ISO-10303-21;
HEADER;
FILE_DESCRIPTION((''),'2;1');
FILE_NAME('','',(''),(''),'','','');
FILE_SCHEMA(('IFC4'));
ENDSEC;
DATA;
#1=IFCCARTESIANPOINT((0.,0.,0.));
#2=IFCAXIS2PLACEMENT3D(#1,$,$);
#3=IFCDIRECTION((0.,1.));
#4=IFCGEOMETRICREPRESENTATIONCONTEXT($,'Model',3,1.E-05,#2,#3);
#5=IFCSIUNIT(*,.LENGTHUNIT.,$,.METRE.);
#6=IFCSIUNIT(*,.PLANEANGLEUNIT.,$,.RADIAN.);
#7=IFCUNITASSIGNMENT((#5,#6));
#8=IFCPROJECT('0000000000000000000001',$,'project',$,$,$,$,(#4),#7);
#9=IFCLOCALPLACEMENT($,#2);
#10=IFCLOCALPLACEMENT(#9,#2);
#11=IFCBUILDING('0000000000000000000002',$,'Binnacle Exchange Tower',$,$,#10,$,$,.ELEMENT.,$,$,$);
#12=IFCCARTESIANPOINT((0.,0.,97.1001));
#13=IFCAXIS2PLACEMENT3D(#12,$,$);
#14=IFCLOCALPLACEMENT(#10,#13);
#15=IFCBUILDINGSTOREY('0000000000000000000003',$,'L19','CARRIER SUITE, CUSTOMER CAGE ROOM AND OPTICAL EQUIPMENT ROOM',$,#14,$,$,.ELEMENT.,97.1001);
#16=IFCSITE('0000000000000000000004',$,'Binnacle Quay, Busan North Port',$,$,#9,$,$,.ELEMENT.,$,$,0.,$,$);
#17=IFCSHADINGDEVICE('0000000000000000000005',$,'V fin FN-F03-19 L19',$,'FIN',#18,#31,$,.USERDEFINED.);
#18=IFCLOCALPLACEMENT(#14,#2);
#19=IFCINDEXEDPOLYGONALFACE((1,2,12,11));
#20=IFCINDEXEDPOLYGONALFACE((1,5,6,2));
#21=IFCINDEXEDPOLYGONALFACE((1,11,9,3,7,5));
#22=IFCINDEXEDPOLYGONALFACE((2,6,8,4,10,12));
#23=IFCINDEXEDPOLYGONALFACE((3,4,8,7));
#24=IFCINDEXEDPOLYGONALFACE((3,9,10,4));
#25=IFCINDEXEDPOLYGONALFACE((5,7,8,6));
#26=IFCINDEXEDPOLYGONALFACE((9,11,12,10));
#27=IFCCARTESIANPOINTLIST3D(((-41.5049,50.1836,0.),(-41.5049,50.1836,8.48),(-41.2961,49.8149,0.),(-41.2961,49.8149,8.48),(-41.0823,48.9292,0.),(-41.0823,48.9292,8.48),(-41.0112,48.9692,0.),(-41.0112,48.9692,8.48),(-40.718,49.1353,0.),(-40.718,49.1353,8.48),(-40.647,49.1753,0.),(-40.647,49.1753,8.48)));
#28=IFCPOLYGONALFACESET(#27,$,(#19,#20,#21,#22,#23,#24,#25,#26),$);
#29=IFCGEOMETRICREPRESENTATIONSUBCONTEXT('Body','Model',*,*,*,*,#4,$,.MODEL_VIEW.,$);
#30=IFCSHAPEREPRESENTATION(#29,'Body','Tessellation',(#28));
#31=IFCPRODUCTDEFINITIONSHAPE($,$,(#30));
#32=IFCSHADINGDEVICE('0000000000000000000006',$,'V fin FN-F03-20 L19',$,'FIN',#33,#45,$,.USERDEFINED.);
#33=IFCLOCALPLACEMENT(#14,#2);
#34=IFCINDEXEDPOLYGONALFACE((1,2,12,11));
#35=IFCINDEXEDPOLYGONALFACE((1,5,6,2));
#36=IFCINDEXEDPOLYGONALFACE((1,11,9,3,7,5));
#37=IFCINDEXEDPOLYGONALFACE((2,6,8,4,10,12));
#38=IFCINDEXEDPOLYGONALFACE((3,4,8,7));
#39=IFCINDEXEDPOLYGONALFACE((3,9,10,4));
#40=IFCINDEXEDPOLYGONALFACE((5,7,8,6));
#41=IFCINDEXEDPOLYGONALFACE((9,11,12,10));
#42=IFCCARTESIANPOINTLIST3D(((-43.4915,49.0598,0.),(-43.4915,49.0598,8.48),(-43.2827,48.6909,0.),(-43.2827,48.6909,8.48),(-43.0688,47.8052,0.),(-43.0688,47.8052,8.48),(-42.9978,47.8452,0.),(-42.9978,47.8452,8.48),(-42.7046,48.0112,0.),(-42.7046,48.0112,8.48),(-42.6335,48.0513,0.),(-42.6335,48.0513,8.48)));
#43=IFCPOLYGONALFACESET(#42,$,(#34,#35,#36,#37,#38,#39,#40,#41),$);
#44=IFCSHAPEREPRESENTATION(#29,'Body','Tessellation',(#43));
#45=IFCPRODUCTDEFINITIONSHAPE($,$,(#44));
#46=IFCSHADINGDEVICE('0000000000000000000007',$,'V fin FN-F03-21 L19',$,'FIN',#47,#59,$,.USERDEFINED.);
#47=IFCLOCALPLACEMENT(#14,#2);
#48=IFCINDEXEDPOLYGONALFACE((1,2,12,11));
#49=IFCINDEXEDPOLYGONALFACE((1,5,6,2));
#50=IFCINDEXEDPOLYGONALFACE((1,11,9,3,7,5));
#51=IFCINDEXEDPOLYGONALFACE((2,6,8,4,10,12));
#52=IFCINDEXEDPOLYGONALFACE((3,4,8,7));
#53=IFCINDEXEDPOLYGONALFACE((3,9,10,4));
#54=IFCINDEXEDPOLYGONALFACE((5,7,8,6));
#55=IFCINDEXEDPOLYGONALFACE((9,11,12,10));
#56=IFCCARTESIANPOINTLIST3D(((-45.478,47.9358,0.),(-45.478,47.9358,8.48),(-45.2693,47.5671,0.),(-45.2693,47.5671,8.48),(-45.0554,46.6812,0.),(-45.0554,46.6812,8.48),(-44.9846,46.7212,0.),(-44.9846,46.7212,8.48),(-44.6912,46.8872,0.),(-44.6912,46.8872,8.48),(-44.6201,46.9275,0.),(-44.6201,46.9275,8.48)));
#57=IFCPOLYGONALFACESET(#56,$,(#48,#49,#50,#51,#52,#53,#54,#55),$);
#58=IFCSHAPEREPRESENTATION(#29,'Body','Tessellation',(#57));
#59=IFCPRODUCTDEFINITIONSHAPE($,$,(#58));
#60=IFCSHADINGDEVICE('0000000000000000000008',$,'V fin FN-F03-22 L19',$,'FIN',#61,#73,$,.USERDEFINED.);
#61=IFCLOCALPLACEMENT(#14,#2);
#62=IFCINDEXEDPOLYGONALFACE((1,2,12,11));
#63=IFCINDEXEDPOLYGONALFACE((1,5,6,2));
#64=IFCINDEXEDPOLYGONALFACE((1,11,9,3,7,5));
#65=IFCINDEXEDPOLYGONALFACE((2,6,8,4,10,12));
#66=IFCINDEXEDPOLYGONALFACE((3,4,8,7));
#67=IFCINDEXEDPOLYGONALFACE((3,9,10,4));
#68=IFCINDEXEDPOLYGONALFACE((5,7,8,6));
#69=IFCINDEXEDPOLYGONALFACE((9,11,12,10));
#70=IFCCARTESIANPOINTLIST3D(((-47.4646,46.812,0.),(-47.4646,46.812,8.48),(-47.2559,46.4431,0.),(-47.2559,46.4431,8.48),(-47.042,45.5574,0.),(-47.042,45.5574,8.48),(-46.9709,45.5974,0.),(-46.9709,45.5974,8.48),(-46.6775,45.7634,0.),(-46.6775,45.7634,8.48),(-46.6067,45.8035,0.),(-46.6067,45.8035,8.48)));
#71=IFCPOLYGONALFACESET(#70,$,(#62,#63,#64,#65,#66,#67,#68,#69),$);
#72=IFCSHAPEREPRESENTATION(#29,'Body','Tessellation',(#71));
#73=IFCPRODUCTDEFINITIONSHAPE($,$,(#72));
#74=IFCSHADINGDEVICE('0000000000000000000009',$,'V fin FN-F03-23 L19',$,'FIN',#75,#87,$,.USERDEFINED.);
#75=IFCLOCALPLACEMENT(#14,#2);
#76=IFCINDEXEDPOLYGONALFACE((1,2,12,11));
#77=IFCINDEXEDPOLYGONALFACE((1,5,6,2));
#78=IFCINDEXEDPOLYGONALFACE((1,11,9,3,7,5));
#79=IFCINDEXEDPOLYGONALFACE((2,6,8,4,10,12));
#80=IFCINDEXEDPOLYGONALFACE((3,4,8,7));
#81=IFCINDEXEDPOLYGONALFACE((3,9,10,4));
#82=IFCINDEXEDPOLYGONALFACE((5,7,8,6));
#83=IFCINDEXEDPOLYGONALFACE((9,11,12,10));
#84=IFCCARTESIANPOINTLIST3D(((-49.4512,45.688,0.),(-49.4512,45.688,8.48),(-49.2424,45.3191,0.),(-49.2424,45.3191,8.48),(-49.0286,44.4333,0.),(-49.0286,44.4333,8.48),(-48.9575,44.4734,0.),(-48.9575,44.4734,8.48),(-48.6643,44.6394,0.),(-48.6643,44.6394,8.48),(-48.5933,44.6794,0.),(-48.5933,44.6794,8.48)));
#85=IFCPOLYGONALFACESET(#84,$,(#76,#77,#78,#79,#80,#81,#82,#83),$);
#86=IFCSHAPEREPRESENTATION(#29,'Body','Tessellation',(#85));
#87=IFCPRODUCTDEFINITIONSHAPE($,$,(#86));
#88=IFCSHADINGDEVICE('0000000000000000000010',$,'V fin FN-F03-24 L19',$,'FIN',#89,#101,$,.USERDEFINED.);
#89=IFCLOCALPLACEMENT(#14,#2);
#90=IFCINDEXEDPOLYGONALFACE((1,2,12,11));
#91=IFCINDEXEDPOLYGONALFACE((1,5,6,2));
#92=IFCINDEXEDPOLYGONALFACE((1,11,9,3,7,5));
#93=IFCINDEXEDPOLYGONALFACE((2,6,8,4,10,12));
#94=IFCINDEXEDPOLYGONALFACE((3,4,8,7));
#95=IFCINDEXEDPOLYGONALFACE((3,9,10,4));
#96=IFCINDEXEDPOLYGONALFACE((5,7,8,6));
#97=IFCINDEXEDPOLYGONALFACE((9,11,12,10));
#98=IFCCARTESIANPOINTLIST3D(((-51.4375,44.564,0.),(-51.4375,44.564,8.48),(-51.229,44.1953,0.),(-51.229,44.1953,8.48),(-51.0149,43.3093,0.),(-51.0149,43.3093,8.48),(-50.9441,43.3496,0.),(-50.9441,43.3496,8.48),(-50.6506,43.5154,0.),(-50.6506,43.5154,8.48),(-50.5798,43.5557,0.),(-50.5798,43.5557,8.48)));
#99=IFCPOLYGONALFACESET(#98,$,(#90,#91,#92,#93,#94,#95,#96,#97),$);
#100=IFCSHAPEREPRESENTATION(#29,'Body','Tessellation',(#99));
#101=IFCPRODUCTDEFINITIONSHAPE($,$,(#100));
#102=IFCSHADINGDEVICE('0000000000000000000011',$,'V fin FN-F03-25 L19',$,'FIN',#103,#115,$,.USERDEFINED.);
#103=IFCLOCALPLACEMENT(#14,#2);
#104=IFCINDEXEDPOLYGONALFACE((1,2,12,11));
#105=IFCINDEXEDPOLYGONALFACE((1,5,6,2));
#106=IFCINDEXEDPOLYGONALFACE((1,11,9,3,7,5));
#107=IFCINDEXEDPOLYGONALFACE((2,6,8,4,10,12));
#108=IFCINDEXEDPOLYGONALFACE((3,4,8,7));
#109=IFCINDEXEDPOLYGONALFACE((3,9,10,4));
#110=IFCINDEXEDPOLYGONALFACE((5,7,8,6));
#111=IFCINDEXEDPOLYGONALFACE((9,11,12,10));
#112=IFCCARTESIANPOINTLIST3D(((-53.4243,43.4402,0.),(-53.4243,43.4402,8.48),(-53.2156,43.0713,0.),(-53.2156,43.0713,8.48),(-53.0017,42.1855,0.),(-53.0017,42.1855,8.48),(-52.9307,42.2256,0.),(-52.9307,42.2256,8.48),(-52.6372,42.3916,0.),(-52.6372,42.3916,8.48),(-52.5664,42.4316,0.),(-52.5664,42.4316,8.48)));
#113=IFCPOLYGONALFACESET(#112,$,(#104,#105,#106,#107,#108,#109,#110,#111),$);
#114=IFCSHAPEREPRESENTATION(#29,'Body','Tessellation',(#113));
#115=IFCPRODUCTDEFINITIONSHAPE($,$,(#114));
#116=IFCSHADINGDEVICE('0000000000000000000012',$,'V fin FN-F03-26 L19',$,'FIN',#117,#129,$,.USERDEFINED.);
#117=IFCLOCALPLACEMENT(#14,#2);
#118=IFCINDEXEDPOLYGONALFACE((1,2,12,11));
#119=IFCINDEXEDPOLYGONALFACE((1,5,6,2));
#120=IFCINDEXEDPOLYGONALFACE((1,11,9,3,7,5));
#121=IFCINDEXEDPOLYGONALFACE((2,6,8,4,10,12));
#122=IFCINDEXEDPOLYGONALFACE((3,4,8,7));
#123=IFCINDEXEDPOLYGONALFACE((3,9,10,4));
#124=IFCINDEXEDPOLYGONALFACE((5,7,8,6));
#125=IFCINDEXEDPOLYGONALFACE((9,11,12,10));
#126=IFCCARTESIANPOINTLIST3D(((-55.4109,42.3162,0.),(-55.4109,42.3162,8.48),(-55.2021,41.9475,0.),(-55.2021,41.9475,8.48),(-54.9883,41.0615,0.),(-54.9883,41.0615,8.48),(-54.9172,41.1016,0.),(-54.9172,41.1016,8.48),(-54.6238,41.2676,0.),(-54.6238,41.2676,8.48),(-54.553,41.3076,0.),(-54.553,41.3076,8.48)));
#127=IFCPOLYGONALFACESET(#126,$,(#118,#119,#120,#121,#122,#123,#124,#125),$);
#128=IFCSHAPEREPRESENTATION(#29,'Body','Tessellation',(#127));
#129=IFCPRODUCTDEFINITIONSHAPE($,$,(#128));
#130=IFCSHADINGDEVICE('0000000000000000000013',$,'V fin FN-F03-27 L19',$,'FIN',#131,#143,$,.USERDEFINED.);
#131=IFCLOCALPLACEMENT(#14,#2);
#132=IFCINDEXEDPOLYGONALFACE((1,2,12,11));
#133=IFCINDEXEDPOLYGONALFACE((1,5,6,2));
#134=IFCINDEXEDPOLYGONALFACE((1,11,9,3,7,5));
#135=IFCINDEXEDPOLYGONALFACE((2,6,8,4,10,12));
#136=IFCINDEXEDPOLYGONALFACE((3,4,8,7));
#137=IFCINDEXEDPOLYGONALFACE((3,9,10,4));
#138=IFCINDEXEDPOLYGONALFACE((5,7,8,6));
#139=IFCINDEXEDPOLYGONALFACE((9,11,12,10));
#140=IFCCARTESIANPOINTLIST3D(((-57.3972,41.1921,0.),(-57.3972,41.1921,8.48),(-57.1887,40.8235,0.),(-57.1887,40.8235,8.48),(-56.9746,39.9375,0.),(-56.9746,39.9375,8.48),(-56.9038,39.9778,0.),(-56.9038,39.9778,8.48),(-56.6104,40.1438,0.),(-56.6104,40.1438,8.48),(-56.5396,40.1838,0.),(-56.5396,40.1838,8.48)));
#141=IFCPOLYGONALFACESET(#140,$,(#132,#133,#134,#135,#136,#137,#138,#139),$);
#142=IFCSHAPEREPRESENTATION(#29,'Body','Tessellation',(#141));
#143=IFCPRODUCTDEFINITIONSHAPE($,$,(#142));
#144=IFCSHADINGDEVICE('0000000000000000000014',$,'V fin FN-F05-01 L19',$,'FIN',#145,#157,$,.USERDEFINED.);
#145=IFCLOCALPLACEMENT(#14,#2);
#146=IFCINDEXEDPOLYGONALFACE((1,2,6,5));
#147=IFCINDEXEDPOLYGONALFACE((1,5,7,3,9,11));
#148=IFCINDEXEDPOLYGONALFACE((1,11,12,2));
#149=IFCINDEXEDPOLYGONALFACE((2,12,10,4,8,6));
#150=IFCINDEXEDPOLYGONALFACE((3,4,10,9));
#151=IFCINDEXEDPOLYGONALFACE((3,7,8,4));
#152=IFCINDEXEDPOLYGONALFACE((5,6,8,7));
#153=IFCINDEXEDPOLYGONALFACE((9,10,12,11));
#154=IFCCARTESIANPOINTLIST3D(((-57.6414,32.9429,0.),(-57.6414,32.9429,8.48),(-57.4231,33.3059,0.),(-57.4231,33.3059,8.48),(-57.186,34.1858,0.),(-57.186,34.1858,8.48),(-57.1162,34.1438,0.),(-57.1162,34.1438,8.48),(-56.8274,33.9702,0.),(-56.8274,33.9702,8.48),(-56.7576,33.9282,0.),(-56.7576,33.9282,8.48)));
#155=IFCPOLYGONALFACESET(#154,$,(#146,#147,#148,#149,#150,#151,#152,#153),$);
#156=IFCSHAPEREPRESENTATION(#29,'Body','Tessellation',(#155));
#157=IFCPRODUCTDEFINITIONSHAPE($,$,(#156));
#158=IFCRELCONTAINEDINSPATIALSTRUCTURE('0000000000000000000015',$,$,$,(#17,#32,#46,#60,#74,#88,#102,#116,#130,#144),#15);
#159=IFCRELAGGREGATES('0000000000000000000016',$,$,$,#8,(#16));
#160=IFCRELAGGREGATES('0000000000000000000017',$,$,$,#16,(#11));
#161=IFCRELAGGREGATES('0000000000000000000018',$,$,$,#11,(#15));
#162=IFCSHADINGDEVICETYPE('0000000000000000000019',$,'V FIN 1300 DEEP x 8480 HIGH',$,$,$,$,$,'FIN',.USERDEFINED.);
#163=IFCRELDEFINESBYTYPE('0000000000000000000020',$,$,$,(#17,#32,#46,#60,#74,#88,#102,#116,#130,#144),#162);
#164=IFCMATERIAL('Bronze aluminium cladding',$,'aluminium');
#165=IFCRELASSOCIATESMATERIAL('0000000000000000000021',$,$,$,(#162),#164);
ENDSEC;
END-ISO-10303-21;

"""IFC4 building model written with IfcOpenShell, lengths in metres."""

from ifc_helpers import new_model, si_unit, direction, frame, origin, place, context, subcontext, project, spatial, polyline, outline, extrude, material, type_object, element, save


model = new_model("IFC4")

# Units and contexts
model_context = context("Model", 3, precision=1e-05, world=origin(), true_north=direction((0.0, 1.0)))
body_context = subcontext(model_context, "Body", "Model", "MODEL_VIEW")
ifc_project = project(units=[si_unit("LENGTHUNIT", "METRE"), si_unit("PLANEANGLEUNIT", "RADIAN")], contexts=[model_context])

# Site, building, storey
site_placement = place(None, origin())
site = spatial("IfcSite", under=ifc_project, at=site_placement, Name="Binnacle Quay, Busan North Port", CompositionType="ELEMENT", RefElevation=0.0)
building_placement = place(site_placement, origin())
building = spatial("IfcBuilding", under=site, at=building_placement, Name="Binnacle Exchange Tower", CompositionType="ELEMENT")
storey_placement = place(building_placement, frame((0.0, 0.0, 97.1001)))
storey = spatial("IfcBuildingStorey", under=building, at=storey_placement, Name="L19", Description="CARRIER SUITE, CUSTOMER CAGE ROOM AND OPTICAL EQUIPMENT ROOM", CompositionType="ELEMENT", Elevation=97.1001)

# Shading devices
ifc_material = material(Name="Bronze aluminium cladding", Category="aluminium")
shading_device_type = type_object("IfcShadingDeviceType", Name="V FIN 1300 DEEP x 8480 HIGH", ElementType="FIN", PredefinedType="USERDEFINED", material=ifc_material)
shading_device_1_placement = place(storey_placement, origin())
element("IfcShadingDevice", 1, at=shading_device_1_placement, inside=storey, type_object=shading_device_type, Name="V fin FN-F03-19 L19", ObjectType="FIN", PredefinedType="USERDEFINED", context=body_context, shape_type="SweptSolid", body=[
    extrude(outline(polyline([(-40.647, 49.1753), (-41.5049, 50.1836), (-41.0823, 48.9292), (-41.0112, 48.9692), (-41.2961, 49.8149), (-40.718, 49.1353), (-40.647, 49.1753)])), origin(), (0.0, 0.0, 1.0), 8.48),
])
shading_device_2_placement = place(storey_placement, origin())
element("IfcShadingDevice", 2, at=shading_device_2_placement, inside=storey, type_object=shading_device_type, Name="V fin FN-F03-20 L19", ObjectType="FIN", PredefinedType="USERDEFINED", context=body_context, shape_type="SweptSolid", body=[
    extrude(outline(polyline([(-42.6335, 48.0513), (-43.4915, 49.0598), (-43.0688, 47.8052), (-42.9978, 47.8452), (-43.2827, 48.6909), (-42.7046, 48.0112), (-42.6335, 48.0513)])), origin(), (0.0, 0.0, 1.0), 8.48),
])
shading_device_3_placement = place(storey_placement, origin())
element("IfcShadingDevice", 3, at=shading_device_3_placement, inside=storey, type_object=shading_device_type, Name="V fin FN-F03-21 L19", ObjectType="FIN", PredefinedType="USERDEFINED", context=body_context, shape_type="SweptSolid", body=[
    extrude(outline(polyline([(-44.6201, 46.9275), (-45.478, 47.9358), (-45.0554, 46.6812), (-44.9846, 46.7212), (-45.2693, 47.5671), (-44.6912, 46.8872), (-44.6201, 46.9275)])), origin(), (0.0, 0.0, 1.0), 8.48),
])
shading_device_4_placement = place(storey_placement, origin())
element("IfcShadingDevice", 4, at=shading_device_4_placement, inside=storey, type_object=shading_device_type, Name="V fin FN-F03-22 L19", ObjectType="FIN", PredefinedType="USERDEFINED", context=body_context, shape_type="SweptSolid", body=[
    extrude(outline(polyline([(-46.6067, 45.8035), (-47.4646, 46.812), (-47.042, 45.5574), (-46.9709, 45.5974), (-47.2559, 46.4431), (-46.6775, 45.7634), (-46.6067, 45.8035)])), origin(), (0.0, 0.0, 1.0), 8.48),
])
shading_device_5_placement = place(storey_placement, origin())
element("IfcShadingDevice", 5, at=shading_device_5_placement, inside=storey, type_object=shading_device_type, Name="V fin FN-F03-23 L19", ObjectType="FIN", PredefinedType="USERDEFINED", context=body_context, shape_type="SweptSolid", body=[
    extrude(outline(polyline([(-48.5933, 44.6794), (-49.4512, 45.688), (-49.0286, 44.4333), (-48.9575, 44.4734), (-49.2424, 45.3191), (-48.6643, 44.6394), (-48.5933, 44.6794)])), origin(), (0.0, 0.0, 1.0), 8.48),
])
shading_device_6_placement = place(storey_placement, origin())
element("IfcShadingDevice", 6, at=shading_device_6_placement, inside=storey, type_object=shading_device_type, Name="V fin FN-F03-24 L19", ObjectType="FIN", PredefinedType="USERDEFINED", context=body_context, shape_type="SweptSolid", body=[
    extrude(outline(polyline([(-50.5798, 43.5557), (-51.4375, 44.564), (-51.0149, 43.3093), (-50.9441, 43.3496), (-51.229, 44.1953), (-50.6506, 43.5154), (-50.5798, 43.5557)])), origin(), (0.0, 0.0, 1.0), 8.48),
])
shading_device_7_placement = place(storey_placement, origin())
element("IfcShadingDevice", 7, at=shading_device_7_placement, inside=storey, type_object=shading_device_type, Name="V fin FN-F03-25 L19", ObjectType="FIN", PredefinedType="USERDEFINED", context=body_context, shape_type="SweptSolid", body=[
    extrude(outline(polyline([(-52.5664, 42.4316), (-53.4243, 43.4402), (-53.0017, 42.1855), (-52.9307, 42.2256), (-53.2156, 43.0713), (-52.6372, 42.3916), (-52.5664, 42.4316)])), origin(), (0.0, 0.0, 1.0), 8.48),
])
shading_device_8_placement = place(storey_placement, origin())
element("IfcShadingDevice", 8, at=shading_device_8_placement, inside=storey, type_object=shading_device_type, Name="V fin FN-F03-26 L19", ObjectType="FIN", PredefinedType="USERDEFINED", context=body_context, shape_type="SweptSolid", body=[
    extrude(outline(polyline([(-54.553, 41.3076), (-55.4109, 42.3162), (-54.9883, 41.0615), (-54.9172, 41.1016), (-55.2021, 41.9475), (-54.6238, 41.2676), (-54.553, 41.3076)])), origin(), (0.0, 0.0, 1.0), 8.48),
])
shading_device_9_placement = place(storey_placement, origin())
element("IfcShadingDevice", 9, at=shading_device_9_placement, inside=storey, type_object=shading_device_type, Name="V fin FN-F03-27 L19", ObjectType="FIN", PredefinedType="USERDEFINED", context=body_context, shape_type="SweptSolid", body=[
    extrude(outline(polyline([(-56.5396, 40.1838), (-57.3972, 41.1921), (-56.9746, 39.9375), (-56.9038, 39.9778), (-57.1887, 40.8235), (-56.6104, 40.1438), (-56.5396, 40.1838)])), origin(), (0.0, 0.0, 1.0), 8.48),
])
shading_device_10_placement = place(storey_placement, origin())
element("IfcShadingDevice", 10, at=shading_device_10_placement, inside=storey, type_object=shading_device_type, Name="V fin FN-F05-01 L19", ObjectType="FIN", PredefinedType="USERDEFINED", context=body_context, shape_type="SweptSolid", body=[
    extrude(outline(polyline([(-57.186, 34.1858), (-57.6414, 32.9429), (-56.7576, 33.9282), (-56.8274, 33.9702), (-57.4231, 33.3059), (-57.1162, 34.1438), (-57.186, 34.1858)])), origin(), (0.0, 0.0, 1.0), 8.48),
])

save(model, "model.ifc")
